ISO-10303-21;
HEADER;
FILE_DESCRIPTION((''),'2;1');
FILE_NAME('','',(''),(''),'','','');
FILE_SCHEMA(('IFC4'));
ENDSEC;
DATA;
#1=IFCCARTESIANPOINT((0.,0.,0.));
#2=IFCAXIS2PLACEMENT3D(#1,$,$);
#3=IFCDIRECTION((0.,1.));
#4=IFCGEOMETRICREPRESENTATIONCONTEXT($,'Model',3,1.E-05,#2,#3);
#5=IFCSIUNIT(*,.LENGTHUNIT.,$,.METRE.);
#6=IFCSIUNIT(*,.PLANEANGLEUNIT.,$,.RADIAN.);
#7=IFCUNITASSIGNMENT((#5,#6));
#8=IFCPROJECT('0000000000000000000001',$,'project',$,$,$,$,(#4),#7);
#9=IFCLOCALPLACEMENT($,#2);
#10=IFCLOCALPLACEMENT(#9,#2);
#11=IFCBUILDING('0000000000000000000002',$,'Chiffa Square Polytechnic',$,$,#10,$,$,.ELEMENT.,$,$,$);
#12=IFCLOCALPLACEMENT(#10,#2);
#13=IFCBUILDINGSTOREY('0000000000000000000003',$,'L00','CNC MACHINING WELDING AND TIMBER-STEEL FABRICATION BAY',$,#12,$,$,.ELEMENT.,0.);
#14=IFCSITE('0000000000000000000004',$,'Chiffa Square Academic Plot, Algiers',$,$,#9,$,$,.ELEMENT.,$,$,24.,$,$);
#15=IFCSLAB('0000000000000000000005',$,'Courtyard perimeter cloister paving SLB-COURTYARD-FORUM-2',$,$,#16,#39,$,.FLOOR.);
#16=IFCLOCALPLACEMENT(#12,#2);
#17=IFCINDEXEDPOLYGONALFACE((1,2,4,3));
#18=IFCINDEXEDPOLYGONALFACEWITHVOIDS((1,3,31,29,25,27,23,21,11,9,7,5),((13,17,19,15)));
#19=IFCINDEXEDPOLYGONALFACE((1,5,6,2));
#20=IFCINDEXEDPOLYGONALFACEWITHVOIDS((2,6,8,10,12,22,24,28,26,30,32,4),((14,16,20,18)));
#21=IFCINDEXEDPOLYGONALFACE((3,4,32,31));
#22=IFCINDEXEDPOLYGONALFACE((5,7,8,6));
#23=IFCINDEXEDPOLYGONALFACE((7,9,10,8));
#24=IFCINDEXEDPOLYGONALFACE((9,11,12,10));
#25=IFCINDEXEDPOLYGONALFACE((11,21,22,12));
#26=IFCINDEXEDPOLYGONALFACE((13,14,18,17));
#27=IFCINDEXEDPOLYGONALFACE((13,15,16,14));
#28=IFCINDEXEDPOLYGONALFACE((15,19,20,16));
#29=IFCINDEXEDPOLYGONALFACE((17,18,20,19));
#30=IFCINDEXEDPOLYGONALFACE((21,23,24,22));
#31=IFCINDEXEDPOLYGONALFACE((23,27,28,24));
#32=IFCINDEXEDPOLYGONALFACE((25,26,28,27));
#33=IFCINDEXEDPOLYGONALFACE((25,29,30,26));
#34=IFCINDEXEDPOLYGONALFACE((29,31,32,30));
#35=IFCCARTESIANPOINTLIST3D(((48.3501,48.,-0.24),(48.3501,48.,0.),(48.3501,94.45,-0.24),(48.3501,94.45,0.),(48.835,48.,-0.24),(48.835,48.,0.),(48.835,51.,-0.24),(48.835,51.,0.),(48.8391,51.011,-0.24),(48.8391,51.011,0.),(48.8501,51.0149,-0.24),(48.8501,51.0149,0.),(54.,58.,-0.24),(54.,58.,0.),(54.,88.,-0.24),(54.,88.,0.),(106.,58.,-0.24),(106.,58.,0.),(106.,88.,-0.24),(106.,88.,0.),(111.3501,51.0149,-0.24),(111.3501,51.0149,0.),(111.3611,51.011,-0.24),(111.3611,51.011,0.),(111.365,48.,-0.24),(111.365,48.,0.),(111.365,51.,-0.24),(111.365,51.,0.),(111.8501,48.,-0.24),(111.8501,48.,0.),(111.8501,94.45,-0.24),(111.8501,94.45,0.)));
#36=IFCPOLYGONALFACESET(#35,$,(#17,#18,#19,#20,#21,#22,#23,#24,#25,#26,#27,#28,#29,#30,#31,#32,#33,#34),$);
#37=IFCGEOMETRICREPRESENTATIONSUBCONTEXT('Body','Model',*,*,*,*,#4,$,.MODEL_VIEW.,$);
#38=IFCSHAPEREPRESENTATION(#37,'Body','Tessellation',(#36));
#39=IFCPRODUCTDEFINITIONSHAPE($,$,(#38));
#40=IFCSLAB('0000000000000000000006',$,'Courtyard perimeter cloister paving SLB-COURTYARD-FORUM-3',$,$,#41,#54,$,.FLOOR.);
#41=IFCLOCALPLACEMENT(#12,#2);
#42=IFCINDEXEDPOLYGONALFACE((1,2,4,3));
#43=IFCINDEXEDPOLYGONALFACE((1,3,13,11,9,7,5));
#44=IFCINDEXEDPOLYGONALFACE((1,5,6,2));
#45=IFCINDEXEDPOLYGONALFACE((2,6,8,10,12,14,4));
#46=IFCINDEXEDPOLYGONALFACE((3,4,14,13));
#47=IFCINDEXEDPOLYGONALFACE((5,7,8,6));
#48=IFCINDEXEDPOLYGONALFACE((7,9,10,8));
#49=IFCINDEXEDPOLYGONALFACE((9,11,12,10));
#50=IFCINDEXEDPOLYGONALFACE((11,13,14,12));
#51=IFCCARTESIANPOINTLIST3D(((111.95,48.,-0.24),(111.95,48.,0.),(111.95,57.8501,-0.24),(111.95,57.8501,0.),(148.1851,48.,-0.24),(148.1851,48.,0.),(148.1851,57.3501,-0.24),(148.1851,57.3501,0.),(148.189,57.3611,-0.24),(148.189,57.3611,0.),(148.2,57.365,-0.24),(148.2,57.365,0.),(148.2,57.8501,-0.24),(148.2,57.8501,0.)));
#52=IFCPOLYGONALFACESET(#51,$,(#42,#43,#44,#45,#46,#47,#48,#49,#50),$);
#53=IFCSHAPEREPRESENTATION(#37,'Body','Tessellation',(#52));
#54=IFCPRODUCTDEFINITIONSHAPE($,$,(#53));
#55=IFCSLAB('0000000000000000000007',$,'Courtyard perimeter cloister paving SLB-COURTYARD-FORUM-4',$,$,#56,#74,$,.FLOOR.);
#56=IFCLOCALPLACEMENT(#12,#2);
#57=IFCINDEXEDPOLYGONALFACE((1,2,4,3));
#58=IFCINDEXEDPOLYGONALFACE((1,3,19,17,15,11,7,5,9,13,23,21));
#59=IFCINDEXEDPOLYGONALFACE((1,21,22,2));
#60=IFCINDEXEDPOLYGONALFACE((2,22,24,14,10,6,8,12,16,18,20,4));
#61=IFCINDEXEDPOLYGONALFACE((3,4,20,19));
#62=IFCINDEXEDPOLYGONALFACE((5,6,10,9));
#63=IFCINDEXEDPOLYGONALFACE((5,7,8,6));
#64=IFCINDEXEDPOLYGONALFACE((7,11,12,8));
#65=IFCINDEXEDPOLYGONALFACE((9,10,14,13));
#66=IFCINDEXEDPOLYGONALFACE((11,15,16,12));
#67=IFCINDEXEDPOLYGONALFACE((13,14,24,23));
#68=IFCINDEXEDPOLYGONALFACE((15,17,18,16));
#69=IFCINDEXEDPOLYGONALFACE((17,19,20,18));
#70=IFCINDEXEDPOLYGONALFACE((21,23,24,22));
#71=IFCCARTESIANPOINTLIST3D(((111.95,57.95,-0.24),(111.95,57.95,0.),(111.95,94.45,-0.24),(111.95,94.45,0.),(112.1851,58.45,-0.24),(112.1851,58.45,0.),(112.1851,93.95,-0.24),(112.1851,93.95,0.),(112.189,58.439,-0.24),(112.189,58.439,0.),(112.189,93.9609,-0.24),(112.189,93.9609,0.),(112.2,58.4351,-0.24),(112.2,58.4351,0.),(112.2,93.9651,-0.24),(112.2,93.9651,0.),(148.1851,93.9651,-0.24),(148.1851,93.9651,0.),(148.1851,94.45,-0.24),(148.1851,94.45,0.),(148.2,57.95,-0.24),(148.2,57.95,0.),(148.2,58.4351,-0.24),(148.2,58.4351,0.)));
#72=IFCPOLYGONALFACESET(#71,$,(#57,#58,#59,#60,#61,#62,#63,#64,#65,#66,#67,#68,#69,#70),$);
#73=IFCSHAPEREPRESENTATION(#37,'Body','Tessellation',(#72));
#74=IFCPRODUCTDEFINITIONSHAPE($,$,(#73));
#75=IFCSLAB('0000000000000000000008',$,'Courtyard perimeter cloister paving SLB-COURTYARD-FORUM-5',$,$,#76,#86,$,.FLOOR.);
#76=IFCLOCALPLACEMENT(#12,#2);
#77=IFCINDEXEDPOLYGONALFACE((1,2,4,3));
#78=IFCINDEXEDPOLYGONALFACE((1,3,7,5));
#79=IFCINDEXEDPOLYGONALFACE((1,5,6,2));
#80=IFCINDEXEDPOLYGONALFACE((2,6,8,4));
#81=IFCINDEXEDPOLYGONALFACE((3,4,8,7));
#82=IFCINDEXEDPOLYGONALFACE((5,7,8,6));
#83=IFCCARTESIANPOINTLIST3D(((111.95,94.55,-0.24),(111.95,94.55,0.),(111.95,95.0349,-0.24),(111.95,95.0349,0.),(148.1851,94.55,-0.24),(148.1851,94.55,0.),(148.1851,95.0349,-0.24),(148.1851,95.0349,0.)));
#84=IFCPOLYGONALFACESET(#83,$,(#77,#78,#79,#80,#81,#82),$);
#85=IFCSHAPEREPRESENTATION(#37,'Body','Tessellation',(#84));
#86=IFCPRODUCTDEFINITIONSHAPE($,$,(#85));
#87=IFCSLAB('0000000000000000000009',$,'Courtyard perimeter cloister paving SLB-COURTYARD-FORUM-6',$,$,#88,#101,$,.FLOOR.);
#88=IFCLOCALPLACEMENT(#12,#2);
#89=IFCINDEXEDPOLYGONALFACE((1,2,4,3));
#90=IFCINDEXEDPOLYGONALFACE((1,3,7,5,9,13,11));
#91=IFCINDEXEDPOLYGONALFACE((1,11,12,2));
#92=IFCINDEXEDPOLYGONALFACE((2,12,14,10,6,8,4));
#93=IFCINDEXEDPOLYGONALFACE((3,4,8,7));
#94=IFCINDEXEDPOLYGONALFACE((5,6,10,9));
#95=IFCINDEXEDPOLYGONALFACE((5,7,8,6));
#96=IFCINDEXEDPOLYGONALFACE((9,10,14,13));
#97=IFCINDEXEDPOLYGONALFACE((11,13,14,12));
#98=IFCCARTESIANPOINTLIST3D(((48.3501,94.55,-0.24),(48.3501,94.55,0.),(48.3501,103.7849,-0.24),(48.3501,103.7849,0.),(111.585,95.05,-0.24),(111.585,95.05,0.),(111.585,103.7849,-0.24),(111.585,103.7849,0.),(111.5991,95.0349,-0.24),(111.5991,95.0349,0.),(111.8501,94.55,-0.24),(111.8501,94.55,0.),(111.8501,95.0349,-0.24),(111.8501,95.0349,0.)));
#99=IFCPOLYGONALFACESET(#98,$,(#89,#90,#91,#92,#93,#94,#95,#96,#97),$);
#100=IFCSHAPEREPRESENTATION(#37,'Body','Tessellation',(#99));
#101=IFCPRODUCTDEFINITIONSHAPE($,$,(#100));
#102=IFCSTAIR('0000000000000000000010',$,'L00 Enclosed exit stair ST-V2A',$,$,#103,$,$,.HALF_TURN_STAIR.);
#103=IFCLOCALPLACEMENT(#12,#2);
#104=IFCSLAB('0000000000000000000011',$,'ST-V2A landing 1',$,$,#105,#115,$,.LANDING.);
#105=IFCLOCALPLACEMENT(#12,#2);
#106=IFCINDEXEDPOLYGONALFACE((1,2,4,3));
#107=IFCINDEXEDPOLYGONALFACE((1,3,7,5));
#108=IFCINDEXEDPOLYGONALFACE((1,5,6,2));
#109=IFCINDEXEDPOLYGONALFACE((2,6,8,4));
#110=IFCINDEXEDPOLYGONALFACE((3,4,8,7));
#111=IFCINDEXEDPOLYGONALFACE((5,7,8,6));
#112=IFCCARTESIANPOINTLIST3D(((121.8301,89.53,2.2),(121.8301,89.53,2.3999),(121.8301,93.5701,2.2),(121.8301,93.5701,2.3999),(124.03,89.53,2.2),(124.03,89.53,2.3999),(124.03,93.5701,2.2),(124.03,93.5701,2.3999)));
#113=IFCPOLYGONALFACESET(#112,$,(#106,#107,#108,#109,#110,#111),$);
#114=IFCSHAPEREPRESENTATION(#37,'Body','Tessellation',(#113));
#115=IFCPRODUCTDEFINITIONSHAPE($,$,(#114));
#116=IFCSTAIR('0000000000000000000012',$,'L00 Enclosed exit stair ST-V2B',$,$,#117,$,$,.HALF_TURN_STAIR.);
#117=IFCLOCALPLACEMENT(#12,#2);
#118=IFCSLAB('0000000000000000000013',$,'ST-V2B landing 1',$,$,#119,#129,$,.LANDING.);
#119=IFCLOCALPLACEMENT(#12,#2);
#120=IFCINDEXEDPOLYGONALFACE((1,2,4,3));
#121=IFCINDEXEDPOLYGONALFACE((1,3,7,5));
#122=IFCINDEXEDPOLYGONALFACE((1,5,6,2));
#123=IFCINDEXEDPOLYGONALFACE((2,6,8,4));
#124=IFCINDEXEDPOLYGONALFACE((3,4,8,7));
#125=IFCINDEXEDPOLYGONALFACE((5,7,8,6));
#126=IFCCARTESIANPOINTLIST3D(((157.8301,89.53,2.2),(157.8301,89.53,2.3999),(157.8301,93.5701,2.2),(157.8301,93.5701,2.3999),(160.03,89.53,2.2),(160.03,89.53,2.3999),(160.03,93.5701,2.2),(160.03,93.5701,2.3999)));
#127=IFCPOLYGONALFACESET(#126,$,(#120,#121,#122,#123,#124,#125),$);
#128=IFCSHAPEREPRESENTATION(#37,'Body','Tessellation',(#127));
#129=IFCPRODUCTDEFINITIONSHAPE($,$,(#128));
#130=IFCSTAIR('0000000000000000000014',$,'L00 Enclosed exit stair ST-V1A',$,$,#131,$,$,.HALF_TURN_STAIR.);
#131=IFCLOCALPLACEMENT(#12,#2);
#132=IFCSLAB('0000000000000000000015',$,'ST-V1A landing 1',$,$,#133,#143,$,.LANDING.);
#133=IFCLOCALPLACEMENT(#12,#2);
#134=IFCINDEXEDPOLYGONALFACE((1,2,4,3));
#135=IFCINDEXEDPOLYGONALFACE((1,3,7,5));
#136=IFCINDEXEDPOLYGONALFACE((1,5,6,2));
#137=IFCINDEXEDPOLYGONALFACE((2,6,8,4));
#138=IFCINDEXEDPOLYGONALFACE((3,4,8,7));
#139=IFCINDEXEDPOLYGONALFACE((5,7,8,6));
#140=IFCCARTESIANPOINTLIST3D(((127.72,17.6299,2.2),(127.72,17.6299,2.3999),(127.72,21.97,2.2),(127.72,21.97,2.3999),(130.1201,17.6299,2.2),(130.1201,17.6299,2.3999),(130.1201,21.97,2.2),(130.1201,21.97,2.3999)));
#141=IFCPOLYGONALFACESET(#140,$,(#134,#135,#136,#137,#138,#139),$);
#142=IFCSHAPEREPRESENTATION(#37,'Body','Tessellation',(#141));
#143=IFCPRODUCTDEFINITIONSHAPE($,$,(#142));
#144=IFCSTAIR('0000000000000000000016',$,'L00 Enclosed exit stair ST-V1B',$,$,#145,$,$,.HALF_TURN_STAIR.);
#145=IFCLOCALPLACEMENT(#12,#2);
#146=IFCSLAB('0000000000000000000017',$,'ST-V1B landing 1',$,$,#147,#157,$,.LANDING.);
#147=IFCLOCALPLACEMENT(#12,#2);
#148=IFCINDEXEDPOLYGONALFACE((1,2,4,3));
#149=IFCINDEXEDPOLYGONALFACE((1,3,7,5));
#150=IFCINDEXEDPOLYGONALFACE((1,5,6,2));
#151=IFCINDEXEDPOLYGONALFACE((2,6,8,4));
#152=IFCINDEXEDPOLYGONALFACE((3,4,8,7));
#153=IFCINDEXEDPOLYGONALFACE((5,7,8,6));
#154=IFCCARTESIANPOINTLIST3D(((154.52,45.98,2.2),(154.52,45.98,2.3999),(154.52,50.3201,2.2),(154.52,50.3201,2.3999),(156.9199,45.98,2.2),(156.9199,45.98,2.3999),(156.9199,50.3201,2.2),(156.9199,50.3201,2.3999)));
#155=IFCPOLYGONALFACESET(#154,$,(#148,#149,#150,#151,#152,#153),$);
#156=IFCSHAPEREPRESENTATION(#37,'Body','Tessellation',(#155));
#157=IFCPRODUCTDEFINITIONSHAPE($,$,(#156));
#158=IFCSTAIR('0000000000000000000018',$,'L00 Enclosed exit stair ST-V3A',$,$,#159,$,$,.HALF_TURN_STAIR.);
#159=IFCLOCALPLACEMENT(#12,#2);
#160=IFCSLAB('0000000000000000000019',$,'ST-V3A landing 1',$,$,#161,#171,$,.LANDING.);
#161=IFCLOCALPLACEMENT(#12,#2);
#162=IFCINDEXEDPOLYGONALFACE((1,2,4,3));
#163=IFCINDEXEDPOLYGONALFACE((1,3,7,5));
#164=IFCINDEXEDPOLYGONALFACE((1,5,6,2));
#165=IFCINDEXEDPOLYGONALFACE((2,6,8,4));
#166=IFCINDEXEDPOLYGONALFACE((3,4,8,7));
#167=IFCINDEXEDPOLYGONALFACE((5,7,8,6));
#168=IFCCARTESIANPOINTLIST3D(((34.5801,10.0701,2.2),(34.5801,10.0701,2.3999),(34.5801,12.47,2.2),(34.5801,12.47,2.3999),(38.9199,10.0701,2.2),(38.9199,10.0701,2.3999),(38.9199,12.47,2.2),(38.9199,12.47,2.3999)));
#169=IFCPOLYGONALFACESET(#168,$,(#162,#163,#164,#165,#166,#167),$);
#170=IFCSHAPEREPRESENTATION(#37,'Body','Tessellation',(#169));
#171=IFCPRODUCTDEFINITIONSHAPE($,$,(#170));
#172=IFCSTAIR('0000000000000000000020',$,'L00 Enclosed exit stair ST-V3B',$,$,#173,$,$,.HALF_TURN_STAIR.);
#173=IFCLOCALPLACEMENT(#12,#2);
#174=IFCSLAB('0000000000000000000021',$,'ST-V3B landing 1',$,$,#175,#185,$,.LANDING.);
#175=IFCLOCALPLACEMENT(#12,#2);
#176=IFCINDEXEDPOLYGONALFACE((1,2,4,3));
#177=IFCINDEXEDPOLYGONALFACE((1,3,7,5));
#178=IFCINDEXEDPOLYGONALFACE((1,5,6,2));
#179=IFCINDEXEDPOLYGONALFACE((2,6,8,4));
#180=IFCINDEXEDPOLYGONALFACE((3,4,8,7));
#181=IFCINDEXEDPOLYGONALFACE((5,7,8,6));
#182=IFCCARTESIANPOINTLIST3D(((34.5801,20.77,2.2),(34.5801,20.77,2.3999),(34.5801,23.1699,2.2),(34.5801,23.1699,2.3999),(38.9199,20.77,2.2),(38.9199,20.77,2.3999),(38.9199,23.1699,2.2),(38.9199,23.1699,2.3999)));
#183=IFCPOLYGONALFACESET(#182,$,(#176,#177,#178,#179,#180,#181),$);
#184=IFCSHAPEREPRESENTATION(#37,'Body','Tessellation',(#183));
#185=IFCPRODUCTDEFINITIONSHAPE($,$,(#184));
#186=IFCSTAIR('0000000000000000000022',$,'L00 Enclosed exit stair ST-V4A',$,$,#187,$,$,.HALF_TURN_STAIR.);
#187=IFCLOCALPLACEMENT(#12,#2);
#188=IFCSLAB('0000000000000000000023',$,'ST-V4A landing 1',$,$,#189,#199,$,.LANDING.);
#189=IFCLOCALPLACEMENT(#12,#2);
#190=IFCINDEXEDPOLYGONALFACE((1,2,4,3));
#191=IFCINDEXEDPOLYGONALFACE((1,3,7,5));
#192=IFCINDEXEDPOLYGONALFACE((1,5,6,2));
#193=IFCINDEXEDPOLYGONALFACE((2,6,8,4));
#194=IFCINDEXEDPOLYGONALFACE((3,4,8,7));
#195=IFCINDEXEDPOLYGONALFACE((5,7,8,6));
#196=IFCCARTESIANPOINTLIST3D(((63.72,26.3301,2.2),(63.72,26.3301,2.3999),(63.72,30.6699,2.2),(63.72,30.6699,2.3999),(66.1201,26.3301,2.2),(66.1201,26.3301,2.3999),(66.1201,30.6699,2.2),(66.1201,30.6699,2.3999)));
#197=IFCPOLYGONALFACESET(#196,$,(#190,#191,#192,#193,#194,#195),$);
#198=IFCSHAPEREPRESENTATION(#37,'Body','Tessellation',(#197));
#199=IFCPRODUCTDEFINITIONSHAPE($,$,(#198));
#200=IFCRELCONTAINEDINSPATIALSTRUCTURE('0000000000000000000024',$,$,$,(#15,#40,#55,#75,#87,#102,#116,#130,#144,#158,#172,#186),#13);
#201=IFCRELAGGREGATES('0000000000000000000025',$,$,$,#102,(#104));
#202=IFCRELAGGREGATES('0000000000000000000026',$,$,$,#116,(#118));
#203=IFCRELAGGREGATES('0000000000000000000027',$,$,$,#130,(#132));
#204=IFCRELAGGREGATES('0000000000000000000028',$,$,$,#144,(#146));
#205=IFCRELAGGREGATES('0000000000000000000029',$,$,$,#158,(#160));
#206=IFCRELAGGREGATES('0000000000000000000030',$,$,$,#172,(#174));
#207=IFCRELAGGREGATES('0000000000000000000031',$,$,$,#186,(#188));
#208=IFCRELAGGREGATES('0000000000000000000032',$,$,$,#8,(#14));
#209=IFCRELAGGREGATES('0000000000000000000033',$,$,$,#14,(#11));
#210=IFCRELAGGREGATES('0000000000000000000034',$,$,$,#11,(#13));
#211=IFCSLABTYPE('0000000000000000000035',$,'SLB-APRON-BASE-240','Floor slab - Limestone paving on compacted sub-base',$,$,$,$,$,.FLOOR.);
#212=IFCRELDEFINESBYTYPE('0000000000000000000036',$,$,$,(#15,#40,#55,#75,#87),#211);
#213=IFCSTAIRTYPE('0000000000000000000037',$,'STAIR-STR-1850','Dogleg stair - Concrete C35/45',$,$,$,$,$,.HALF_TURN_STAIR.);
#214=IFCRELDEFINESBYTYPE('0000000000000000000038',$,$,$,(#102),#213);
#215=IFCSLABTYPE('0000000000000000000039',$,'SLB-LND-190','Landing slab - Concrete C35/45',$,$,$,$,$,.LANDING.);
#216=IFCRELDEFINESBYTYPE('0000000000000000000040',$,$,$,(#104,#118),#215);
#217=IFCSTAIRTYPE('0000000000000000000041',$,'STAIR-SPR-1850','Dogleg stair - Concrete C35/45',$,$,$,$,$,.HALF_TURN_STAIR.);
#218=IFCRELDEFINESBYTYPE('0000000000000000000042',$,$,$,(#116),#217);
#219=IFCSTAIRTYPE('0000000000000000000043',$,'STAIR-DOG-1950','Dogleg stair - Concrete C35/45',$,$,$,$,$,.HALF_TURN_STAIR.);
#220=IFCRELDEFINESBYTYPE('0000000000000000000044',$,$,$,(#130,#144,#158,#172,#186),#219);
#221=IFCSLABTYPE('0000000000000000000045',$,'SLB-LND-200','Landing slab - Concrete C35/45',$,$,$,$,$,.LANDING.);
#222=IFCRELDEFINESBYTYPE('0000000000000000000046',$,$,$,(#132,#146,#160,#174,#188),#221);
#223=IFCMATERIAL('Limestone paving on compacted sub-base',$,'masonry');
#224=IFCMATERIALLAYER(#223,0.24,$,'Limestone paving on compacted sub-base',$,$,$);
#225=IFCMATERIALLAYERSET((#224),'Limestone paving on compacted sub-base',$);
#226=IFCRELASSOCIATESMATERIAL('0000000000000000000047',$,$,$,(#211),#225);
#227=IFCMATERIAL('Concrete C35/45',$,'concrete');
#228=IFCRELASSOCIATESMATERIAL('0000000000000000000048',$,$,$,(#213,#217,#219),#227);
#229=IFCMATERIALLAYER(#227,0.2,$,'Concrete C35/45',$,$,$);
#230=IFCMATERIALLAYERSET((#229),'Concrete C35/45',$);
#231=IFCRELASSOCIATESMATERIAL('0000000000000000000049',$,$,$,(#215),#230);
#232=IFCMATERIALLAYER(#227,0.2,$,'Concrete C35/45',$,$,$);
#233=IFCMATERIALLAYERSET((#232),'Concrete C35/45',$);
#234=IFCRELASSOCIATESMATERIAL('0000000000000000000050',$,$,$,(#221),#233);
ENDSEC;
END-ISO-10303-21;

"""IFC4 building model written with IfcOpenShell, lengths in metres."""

from ifc_helpers import new_model, si_unit, direction, frame, origin, place, context, subcontext, project, spatial, polyline, outline, extrude, material, layer, layer_set, type_object, element, aggregate, save


model = new_model("IFC4")

# Units and contexts
model_context = context("Model", 3, precision=1e-05, world=origin(), true_north=direction((0.0, 1.0)))
body_context = subcontext(model_context, "Body", "Model", "MODEL_VIEW")
ifc_project = project(units=[si_unit("LENGTHUNIT", "METRE"), si_unit("PLANEANGLEUNIT", "RADIAN")], contexts=[model_context])

# Site, building, storey
site_placement = place(None, origin())
site = spatial("IfcSite", under=ifc_project, at=site_placement, Name="Chiffa Square Academic Plot, Algiers", CompositionType="ELEMENT", RefElevation=24.0)
building_placement = place(site_placement, origin())
building = spatial("IfcBuilding", under=site, at=building_placement, Name="Chiffa Square Polytechnic", CompositionType="ELEMENT")
storey_placement = place(building_placement, origin())
storey = spatial("IfcBuildingStorey", under=building, at=storey_placement, Name="L00", Description="CNC MACHINING WELDING AND TIMBER-STEEL FABRICATION BAY", CompositionType="ELEMENT", Elevation=0.0)

# Slabs
ifc_material_1 = material(Name="Limestone paving on compacted sub-base", Category="masonry")
ifc_layer_1 = layer(ifc_material_1, 0.24, Name="Limestone paving on compacted sub-base")
ifc_layer_set_1 = layer_set([ifc_layer_1], Name="Limestone paving on compacted sub-base")
slab_type_1 = type_object("IfcSlabType", Name="SLB-APRON-BASE-240", Description="Floor slab - Limestone paving on compacted sub-base", PredefinedType="FLOOR", material=ifc_layer_set_1)
slab_1_placement = place(storey_placement, frame((0.0, 0.0, -0.24)))
element("IfcSlab", 1, at=slab_1_placement, inside=storey, type_object=slab_type_1, Name="Courtyard perimeter cloister paving SLB-COURTYARD-FORUM-2", PredefinedType="FLOOR", context=body_context, shape_type="SweptSolid", body=[
    extrude(outline(polyline([(48.3501, 94.45), (111.8501, 94.45), (111.8501, 48.0), (111.365, 48.0), (111.365, 51.0), (111.3611, 51.011), (111.3501, 51.0149), (48.8501, 51.0149), (48.8391, 51.011), (48.835, 51.0), (48.835, 48.0), (48.3501, 48.0), (48.3501, 94.45)]), holes=[polyline([(106.0, 88.0), (54.0, 88.0), (54.0, 58.0), (106.0, 58.0), (106.0, 88.0)])]), origin(), (0.0, 0.0, 1.0), 0.24),
])
slab_2_placement = place(storey_placement, frame((0.0, 0.0, -0.24)))
element("IfcSlab", 2, at=slab_2_placement, inside=storey, type_object=slab_type_1, Name="Courtyard perimeter cloister paving SLB-COURTYARD-FORUM-3", PredefinedType="FLOOR", context=body_context, shape_type="SweptSolid", body=[
    extrude(outline(polyline([(111.95, 48.0), (111.95, 57.8501), (148.2, 57.8501), (148.2, 57.365), (148.189, 57.3611), (148.1851, 57.3501), (148.1851, 48.0), (111.95, 48.0)])), origin(), (0.0, 0.0, 1.0), 0.24),
])
slab_3_placement = place(storey_placement, frame((0.0, 0.0, -0.24)))
element("IfcSlab", 3, at=slab_3_placement, inside=storey, type_object=slab_type_1, Name="Courtyard perimeter cloister paving SLB-COURTYARD-FORUM-4", PredefinedType="FLOOR", context=body_context, shape_type="SweptSolid", body=[
    extrude(outline(polyline([(111.95, 57.95), (111.95, 94.45), (148.1851, 94.45), (148.1851, 93.9651), (112.2, 93.9651), (112.189, 93.9609), (112.1851, 93.95), (112.1851, 58.45), (112.189, 58.439), (112.2, 58.4351), (148.2, 58.4351), (148.2, 57.95), (111.95, 57.95)])), origin(), (0.0, 0.0, 1.0), 0.24),
])
slab_4_placement = place(storey_placement, frame((0.0, 0.0, -0.24)))
element("IfcSlab", 4, at=slab_4_placement, inside=storey, type_object=slab_type_1, Name="Courtyard perimeter cloister paving SLB-COURTYARD-FORUM-5", PredefinedType="FLOOR", context=body_context, shape_type="SweptSolid", body=[
    extrude(outline(polyline([(111.95, 94.55), (111.95, 95.0349), (148.1851, 95.0349), (148.1851, 94.55), (111.95, 94.55)])), origin(), (0.0, 0.0, 1.0), 0.24),
])
slab_5_placement = place(storey_placement, frame((0.0, 0.0, -0.24)))
element("IfcSlab", 5, at=slab_5_placement, inside=storey, type_object=slab_type_1, Name="Courtyard perimeter cloister paving SLB-COURTYARD-FORUM-6", PredefinedType="FLOOR", context=body_context, shape_type="SweptSolid", body=[
    extrude(outline(polyline([(111.8501, 94.55), (48.3501, 94.55), (48.3501, 103.7849), (111.585, 103.7849), (111.585, 95.05), (111.5991, 95.0349), (111.8501, 95.0349), (111.8501, 94.55)])), origin(), (0.0, 0.0, 1.0), 0.24),
])

# Stairs, slabs
ifc_material_2 = material(Name="Concrete C35/45", Category="concrete")
stair_type_1 = type_object("IfcStairType", Name="STAIR-STR-1850", Description="Dogleg stair - Concrete C35/45", PredefinedType="HALF_TURN_STAIR", material=ifc_material_2)
stair_1_placement = place(storey_placement, origin())
stair_1 = element("IfcStair", 6, at=stair_1_placement, inside=storey, type_object=stair_type_1, Name="L00 Enclosed exit stair ST-V2A", PredefinedType="HALF_TURN_STAIR")
ifc_layer_2 = layer(ifc_material_2, 0.2, Name="Concrete C35/45")
ifc_layer_set_2 = layer_set([ifc_layer_2], Name="Concrete C35/45")
slab_type_2 = type_object("IfcSlabType", Name="SLB-LND-190", Description="Landing slab - Concrete C35/45", PredefinedType="LANDING", material=ifc_layer_set_2)
slab_6_placement = place(storey_placement, frame((0.0, 0.0, 2.2)))
slab_6 = element("IfcSlab", 7, at=slab_6_placement, type_object=slab_type_2, Name="ST-V2A landing 1", PredefinedType="LANDING", context=body_context, shape_type="SweptSolid", body=[
    extrude(outline(polyline([(124.03, 93.5701), (124.03, 89.53), (121.8301, 89.53), (121.8301, 93.5701), (124.03, 93.5701)])), origin(), (0.0, 0.0, 1.0), 0.2),
])
aggregate(stair_1, [slab_6])
stair_type_2 = type_object("IfcStairType", Name="STAIR-SPR-1850", Description="Dogleg stair - Concrete C35/45", PredefinedType="HALF_TURN_STAIR", material=ifc_material_2)
stair_2_placement = place(storey_placement, origin())
stair_2 = element("IfcStair", 8, at=stair_2_placement, inside=storey, type_object=stair_type_2, Name="L00 Enclosed exit stair ST-V2B", PredefinedType="HALF_TURN_STAIR")
slab_7_placement = place(storey_placement, frame((0.0, 0.0, 2.2)))
slab_7 = element("IfcSlab", 9, at=slab_7_placement, type_object=slab_type_2, Name="ST-V2B landing 1", PredefinedType="LANDING", context=body_context, shape_type="SweptSolid", body=[
    extrude(outline(polyline([(160.03, 93.5701), (160.03, 89.53), (157.8301, 89.53), (157.8301, 93.5701), (160.03, 93.5701)])), origin(), (0.0, 0.0, 1.0), 0.2),
])
aggregate(stair_2, [slab_7])
stair_type_3 = type_object("IfcStairType", Name="STAIR-DOG-1950", Description="Dogleg stair - Concrete C35/45", PredefinedType="HALF_TURN_STAIR", material=ifc_material_2)
stair_3_placement = place(storey_placement, origin())
stair_3 = element("IfcStair", 10, at=stair_3_placement, inside=storey, type_object=stair_type_3, Name="L00 Enclosed exit stair ST-V1A", PredefinedType="HALF_TURN_STAIR")
ifc_layer_3 = layer(ifc_material_2, 0.2, Name="Concrete C35/45")
ifc_layer_set_3 = layer_set([ifc_layer_3], Name="Concrete C35/45")
slab_type_3 = type_object("IfcSlabType", Name="SLB-LND-200", Description="Landing slab - Concrete C35/45", PredefinedType="LANDING", material=ifc_layer_set_3)
slab_8_placement = place(storey_placement, frame((0.0, 0.0, 2.2)))
slab_8 = element("IfcSlab", 11, at=slab_8_placement, type_object=slab_type_3, Name="ST-V1A landing 1", PredefinedType="LANDING", context=body_context, shape_type="SweptSolid", body=[
    extrude(outline(polyline([(127.72, 17.6299), (127.72, 21.97), (130.1201, 21.97), (130.1201, 17.6299), (127.72, 17.6299)])), origin(), (0.0, 0.0, 1.0), 0.2),
])
aggregate(stair_3, [slab_8])
stair_4_placement = place(storey_placement, origin())
stair_4 = element("IfcStair", 12, at=stair_4_placement, inside=storey, type_object=stair_type_3, Name="L00 Enclosed exit stair ST-V1B", PredefinedType="HALF_TURN_STAIR")
slab_9_placement = place(storey_placement, frame((0.0, 0.0, 2.2)))
slab_9 = element("IfcSlab", 13, at=slab_9_placement, type_object=slab_type_3, Name="ST-V1B landing 1", PredefinedType="LANDING", context=body_context, shape_type="SweptSolid", body=[
    extrude(outline(polyline([(154.52, 45.98), (154.52, 50.3201), (156.9199, 50.3201), (156.9199, 45.98), (154.52, 45.98)])), origin(), (0.0, 0.0, 1.0), 0.2),
])
aggregate(stair_4, [slab_9])
stair_5_placement = place(storey_placement, origin())
stair_5 = element("IfcStair", 14, at=stair_5_placement, inside=storey, type_object=stair_type_3, Name="L00 Enclosed exit stair ST-V3A", PredefinedType="HALF_TURN_STAIR")
slab_10_placement = place(storey_placement, frame((0.0, 0.0, 2.2)))
slab_10 = element("IfcSlab", 15, at=slab_10_placement, type_object=slab_type_3, Name="ST-V3A landing 1", PredefinedType="LANDING", context=body_context, shape_type="SweptSolid", body=[
    extrude(outline(polyline([(38.9199, 10.0701), (34.5801, 10.0701), (34.5801, 12.47), (38.9199, 12.47), (38.9199, 10.0701)])), origin(), (0.0, 0.0, 1.0), 0.2),
])
aggregate(stair_5, [slab_10])
stair_6_placement = place(storey_placement, origin())
stair_6 = element("IfcStair", 16, at=stair_6_placement, inside=storey, type_object=stair_type_3, Name="L00 Enclosed exit stair ST-V3B", PredefinedType="HALF_TURN_STAIR")
slab_11_placement = place(storey_placement, frame((0.0, 0.0, 2.2)))
slab_11 = element("IfcSlab", 17, at=slab_11_placement, type_object=slab_type_3, Name="ST-V3B landing 1", PredefinedType="LANDING", context=body_context, shape_type="SweptSolid", body=[
    extrude(outline(polyline([(38.9199, 20.77), (34.5801, 20.77), (34.5801, 23.1699), (38.9199, 23.1699), (38.9199, 20.77)])), origin(), (0.0, 0.0, 1.0), 0.2),
])
aggregate(stair_6, [slab_11])
stair_7_placement = place(storey_placement, origin())
stair_7 = element("IfcStair", 18, at=stair_7_placement, inside=storey, type_object=stair_type_3, Name="L00 Enclosed exit stair ST-V4A", PredefinedType="HALF_TURN_STAIR")
slab_12_placement = place(storey_placement, frame((0.0, 0.0, 2.2)))
slab_12 = element("IfcSlab", 19, at=slab_12_placement, type_object=slab_type_3, Name="ST-V4A landing 1", PredefinedType="LANDING", context=body_context, shape_type="SweptSolid", body=[
    extrude(outline(polyline([(63.72, 26.3301), (63.72, 30.6699), (66.1201, 30.6699), (66.1201, 26.3301), (63.72, 26.3301)])), origin(), (0.0, 0.0, 1.0), 0.2),
])
aggregate(stair_7, [slab_12])

save(model, "model.ifc")
